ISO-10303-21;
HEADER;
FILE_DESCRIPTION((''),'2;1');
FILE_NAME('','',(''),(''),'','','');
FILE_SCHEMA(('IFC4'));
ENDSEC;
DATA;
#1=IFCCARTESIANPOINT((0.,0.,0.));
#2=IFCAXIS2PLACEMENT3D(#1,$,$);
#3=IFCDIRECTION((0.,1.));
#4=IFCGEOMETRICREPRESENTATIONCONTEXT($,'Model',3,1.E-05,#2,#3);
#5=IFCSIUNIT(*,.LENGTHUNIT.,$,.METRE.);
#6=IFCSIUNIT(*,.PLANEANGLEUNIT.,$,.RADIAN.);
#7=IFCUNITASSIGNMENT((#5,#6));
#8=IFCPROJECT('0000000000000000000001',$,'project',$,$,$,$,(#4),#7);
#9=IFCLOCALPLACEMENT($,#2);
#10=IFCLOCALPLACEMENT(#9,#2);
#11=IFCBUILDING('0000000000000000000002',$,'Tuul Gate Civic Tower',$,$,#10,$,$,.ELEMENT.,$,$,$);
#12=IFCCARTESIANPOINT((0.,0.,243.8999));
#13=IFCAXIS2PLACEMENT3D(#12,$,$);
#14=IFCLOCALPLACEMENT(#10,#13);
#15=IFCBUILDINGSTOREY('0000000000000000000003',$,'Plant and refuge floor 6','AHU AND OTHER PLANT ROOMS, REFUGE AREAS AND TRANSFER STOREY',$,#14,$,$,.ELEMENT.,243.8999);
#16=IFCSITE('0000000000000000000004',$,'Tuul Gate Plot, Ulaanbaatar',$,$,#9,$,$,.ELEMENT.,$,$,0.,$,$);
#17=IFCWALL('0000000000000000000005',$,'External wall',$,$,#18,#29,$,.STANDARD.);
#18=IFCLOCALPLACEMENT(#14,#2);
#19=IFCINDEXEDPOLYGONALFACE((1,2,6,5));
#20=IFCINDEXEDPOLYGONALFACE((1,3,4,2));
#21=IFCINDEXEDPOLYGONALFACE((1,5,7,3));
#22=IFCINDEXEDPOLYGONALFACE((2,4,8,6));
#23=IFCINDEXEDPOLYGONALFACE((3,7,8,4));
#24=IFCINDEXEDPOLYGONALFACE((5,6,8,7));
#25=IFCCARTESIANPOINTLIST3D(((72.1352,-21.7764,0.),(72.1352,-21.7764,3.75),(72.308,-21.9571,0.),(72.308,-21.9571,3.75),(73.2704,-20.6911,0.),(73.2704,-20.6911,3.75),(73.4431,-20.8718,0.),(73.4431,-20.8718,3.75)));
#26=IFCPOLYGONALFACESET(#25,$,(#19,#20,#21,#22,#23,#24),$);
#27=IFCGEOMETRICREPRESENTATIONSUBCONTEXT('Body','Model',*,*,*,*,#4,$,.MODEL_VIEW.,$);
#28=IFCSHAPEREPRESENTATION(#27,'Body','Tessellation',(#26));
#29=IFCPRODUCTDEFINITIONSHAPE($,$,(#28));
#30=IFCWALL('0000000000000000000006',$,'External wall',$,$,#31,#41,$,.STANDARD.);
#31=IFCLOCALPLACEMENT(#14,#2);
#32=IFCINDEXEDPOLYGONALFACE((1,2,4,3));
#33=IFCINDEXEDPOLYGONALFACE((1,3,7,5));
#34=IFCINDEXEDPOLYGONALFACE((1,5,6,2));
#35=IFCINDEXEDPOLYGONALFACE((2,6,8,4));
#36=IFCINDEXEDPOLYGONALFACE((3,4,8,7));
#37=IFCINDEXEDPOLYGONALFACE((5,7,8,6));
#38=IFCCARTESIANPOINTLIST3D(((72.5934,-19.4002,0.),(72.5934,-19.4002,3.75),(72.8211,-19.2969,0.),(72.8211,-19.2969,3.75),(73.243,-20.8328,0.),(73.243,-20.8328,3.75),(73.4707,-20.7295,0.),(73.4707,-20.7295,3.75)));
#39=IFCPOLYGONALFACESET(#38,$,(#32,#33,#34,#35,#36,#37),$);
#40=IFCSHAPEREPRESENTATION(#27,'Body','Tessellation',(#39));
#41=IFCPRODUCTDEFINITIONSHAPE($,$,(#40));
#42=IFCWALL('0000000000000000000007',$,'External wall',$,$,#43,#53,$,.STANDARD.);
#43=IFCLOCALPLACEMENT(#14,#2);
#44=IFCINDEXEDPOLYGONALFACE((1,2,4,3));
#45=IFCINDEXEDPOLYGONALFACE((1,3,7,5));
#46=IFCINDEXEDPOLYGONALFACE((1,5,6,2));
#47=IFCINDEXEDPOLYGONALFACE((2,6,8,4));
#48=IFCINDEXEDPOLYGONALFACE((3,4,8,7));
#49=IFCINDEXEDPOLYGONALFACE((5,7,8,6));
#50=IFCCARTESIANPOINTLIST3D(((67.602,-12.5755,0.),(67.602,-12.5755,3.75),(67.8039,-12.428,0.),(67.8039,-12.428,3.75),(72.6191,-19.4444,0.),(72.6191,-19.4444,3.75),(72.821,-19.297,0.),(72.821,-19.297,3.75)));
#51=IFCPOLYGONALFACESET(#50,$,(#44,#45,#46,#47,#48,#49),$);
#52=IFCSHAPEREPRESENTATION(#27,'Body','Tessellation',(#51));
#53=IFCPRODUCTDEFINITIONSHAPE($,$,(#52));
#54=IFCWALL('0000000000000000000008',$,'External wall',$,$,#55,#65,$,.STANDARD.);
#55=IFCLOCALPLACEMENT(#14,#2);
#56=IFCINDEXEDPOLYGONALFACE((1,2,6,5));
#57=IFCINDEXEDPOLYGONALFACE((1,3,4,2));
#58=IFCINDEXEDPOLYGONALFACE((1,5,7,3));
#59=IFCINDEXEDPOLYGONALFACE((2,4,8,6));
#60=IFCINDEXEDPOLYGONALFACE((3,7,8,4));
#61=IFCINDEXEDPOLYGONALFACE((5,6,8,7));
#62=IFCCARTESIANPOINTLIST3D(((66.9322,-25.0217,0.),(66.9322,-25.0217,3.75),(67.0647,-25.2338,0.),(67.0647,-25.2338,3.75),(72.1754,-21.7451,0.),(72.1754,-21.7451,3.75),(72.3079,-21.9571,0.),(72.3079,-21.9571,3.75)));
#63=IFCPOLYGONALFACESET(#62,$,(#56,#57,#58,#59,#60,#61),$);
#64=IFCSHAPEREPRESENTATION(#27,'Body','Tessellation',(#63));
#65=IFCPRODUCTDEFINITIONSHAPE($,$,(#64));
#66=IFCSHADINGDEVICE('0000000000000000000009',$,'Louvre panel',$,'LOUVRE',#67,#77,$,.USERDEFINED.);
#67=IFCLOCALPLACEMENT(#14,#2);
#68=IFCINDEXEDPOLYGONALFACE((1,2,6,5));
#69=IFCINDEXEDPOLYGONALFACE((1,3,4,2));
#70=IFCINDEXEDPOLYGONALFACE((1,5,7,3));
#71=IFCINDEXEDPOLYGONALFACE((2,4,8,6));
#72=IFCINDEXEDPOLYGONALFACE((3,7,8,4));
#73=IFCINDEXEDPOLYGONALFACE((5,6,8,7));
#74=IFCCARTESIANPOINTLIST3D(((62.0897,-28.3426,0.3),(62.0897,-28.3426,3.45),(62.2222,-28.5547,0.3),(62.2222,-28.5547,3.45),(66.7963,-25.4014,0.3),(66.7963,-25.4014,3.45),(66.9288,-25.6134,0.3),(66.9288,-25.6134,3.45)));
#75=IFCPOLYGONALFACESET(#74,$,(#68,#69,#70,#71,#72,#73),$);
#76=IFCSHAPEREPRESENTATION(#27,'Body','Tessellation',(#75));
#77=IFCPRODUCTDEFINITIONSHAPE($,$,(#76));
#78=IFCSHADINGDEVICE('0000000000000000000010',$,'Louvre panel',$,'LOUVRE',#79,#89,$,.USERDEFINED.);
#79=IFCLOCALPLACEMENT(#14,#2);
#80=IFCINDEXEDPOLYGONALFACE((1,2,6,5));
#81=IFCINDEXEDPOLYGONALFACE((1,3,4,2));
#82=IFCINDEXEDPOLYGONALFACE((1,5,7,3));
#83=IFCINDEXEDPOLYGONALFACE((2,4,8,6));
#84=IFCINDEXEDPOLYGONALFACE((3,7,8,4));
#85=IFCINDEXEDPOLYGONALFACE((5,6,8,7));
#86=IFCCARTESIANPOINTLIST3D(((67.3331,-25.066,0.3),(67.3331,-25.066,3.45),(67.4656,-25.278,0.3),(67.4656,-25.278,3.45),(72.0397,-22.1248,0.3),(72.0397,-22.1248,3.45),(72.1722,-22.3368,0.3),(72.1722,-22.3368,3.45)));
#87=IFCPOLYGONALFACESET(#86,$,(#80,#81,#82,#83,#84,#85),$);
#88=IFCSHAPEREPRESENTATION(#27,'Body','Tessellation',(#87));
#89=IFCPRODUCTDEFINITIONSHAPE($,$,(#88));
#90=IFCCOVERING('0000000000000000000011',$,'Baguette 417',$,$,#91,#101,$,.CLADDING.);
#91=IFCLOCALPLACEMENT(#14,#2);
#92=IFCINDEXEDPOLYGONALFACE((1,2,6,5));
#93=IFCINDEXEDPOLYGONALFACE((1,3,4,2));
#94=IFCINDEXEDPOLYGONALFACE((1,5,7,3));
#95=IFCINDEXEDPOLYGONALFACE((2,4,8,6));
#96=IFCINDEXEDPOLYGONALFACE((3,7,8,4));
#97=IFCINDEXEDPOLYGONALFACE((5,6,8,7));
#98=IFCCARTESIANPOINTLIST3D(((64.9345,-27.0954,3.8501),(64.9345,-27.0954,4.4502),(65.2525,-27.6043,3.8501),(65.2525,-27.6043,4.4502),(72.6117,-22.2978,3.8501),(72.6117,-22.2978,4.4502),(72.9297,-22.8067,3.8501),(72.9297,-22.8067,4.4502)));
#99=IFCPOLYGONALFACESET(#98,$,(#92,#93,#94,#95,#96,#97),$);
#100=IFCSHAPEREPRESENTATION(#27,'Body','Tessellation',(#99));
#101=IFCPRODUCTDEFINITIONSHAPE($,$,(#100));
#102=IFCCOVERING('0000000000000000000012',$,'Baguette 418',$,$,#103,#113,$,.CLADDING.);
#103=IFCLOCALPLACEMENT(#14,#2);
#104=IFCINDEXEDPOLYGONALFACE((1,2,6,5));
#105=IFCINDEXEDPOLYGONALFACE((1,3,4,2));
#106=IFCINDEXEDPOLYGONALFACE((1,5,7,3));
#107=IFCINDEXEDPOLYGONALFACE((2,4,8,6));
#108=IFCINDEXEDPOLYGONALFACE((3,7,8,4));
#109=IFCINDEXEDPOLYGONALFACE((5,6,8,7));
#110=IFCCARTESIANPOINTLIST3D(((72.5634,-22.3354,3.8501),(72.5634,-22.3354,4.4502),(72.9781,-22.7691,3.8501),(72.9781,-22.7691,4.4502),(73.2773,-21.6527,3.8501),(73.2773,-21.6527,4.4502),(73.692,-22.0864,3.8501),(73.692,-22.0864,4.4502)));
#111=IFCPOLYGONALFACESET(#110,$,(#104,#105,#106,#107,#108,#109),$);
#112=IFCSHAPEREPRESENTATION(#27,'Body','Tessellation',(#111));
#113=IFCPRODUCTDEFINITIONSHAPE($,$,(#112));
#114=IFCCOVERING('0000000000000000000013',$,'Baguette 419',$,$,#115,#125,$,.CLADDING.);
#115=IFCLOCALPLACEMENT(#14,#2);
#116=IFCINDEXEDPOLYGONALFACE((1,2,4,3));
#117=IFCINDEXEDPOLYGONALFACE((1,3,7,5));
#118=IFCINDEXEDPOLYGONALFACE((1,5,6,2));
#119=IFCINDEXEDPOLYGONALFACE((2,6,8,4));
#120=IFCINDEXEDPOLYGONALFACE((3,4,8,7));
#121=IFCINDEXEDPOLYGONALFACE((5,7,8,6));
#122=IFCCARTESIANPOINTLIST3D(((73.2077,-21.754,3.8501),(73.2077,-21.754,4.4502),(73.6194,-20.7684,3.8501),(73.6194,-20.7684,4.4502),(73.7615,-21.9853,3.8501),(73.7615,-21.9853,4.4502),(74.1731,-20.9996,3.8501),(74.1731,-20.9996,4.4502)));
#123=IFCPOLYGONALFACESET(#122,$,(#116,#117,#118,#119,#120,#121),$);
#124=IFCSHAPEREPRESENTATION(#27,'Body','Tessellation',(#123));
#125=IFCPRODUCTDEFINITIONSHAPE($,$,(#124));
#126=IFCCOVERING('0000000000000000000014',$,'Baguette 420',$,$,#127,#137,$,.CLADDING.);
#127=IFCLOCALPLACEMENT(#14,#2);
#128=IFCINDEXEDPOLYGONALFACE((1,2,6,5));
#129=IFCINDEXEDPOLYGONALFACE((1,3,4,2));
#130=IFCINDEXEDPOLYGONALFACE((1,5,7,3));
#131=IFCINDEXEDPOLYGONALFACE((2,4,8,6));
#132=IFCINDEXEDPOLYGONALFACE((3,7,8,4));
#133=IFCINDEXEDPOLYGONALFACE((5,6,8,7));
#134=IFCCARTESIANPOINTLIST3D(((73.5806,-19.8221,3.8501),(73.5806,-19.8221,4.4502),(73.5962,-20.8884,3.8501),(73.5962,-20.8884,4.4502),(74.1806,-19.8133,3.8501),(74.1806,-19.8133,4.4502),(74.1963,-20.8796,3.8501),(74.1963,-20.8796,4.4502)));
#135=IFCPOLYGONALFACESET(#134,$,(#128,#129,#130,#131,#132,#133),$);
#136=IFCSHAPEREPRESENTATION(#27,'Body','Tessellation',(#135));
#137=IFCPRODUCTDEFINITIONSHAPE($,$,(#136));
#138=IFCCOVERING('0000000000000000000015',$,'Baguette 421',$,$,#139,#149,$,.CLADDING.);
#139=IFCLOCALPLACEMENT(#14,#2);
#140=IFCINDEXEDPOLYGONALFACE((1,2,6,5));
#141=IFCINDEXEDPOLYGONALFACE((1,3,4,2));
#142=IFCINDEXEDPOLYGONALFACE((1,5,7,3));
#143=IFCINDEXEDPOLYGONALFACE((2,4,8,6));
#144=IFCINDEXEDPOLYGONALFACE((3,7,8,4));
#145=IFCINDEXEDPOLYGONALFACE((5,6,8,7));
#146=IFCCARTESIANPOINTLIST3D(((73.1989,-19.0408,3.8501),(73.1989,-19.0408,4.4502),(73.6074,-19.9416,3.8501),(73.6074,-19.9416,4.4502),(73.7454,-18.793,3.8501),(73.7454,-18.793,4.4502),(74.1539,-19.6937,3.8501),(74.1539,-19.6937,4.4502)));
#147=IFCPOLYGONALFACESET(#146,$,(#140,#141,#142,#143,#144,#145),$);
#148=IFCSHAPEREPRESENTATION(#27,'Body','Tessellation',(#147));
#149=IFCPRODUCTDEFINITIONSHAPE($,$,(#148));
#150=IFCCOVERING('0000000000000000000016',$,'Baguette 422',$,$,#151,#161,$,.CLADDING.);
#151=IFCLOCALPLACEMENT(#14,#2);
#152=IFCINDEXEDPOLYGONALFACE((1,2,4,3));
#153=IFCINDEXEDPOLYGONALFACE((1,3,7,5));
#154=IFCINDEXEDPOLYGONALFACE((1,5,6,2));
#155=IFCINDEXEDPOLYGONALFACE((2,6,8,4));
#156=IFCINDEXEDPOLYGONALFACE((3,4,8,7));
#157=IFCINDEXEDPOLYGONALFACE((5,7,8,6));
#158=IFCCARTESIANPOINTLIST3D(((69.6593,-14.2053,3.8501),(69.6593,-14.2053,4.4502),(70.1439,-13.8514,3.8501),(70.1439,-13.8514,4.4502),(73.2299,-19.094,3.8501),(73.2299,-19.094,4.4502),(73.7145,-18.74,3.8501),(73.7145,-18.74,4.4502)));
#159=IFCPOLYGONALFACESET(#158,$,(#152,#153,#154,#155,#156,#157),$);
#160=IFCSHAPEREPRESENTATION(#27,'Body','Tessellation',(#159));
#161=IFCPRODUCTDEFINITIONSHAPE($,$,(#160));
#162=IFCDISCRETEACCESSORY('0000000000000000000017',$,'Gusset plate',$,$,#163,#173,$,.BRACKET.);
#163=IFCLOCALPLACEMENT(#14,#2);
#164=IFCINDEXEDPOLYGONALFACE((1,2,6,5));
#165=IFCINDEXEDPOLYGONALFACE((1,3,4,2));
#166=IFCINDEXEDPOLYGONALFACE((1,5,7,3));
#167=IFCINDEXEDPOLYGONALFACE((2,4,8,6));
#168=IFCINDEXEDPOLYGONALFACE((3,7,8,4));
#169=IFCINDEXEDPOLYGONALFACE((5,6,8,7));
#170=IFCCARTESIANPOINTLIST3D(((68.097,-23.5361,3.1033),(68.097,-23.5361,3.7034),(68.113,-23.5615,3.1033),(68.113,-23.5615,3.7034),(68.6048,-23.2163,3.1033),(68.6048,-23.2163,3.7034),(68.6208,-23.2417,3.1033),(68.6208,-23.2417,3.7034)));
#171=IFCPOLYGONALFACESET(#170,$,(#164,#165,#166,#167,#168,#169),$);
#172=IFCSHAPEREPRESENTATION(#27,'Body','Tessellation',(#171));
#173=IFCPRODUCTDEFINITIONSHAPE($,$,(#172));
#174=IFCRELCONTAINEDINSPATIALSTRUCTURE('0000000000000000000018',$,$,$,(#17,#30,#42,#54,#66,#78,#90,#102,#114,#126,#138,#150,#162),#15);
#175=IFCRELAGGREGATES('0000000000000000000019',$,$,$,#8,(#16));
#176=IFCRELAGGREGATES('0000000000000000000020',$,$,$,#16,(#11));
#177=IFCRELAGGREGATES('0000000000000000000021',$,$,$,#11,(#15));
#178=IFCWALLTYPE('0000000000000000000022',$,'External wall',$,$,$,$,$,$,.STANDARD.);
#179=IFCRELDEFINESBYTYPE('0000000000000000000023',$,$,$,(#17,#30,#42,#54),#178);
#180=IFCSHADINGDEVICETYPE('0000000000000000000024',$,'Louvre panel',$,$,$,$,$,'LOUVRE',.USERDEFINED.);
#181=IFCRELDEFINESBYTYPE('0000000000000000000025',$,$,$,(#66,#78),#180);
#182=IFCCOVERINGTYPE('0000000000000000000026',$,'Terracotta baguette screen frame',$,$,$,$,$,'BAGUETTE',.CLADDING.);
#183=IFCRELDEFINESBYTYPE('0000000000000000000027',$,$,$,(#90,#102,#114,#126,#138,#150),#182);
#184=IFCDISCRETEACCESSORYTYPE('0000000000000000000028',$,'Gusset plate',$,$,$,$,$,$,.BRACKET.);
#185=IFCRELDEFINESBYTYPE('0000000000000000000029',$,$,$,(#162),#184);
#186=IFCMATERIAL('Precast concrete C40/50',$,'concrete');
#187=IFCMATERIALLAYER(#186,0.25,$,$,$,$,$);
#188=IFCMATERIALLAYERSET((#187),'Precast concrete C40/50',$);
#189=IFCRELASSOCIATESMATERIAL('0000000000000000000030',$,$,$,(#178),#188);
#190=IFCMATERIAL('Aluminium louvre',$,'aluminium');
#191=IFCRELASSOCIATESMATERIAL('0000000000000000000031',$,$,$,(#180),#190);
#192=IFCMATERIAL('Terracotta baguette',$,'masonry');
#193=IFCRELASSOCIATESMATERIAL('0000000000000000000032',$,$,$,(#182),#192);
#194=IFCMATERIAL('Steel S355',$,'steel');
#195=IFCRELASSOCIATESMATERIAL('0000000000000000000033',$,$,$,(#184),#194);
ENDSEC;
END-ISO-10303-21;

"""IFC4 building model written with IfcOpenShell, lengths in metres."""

from ifc_helpers import new_model, si_unit, direction, frame, frame_2d, origin, origin_2d, place, context, subcontext, project, spatial, rectangle, extrude, material, layer, layer_set, material_profile, profile_set, type_object, element, save


model = new_model("IFC4")

# Units and contexts
model_context = context("Model", 3, precision=1e-05, world=origin(), true_north=direction((0.0, 1.0)))
body_context = subcontext(model_context, "Body", "Model", "MODEL_VIEW")
ifc_project = project(units=[si_unit("LENGTHUNIT", "METRE"), si_unit("PLANEANGLEUNIT", "RADIAN")], contexts=[model_context])

# Site, building, storey
site_placement = place(None, origin())
site = spatial("IfcSite", under=ifc_project, at=site_placement, Name="Tuul Gate Plot, Ulaanbaatar", CompositionType="ELEMENT", RefElevation=0.0)
building_placement = place(site_placement, origin())
building = spatial("IfcBuilding", under=site, at=building_placement, Name="Tuul Gate Civic Tower", CompositionType="ELEMENT")
storey_placement = place(building_placement, frame((0.0, 0.0, 243.8999)))
storey = spatial("IfcBuildingStorey", under=building, at=storey_placement, Name="Plant and refuge floor 6", Description="AHU AND OTHER PLANT ROOMS, REFUGE AREAS AND TRANSFER STOREY", CompositionType="ELEMENT", Elevation=243.8999)

# Walls
ifc_material_1 = material(Name="Precast concrete C40/50", Category="concrete")
ifc_layer = layer(ifc_material_1, 0.25)
ifc_layer_set = layer_set([ifc_layer], Name="Precast concrete C40/50")
wall_type = type_object("IfcWallType", Name="External wall", PredefinedType="STANDARD", material=ifc_layer_set)
wall_1_placement = place(storey_placement, frame((72.2217, -21.8667, 0.0), z_axis=(0.0, 0.0, 1.0), x_axis=(0.722784, 0.691074, 0.0)))
element("IfcWall", 1, at=wall_1_placement, inside=storey, type_object=wall_type, Name="External wall", PredefinedType="STANDARD", context=body_context, shape_type="SweptSolid", body=[
    extrude(rectangle(XDim=1.5706, YDim=0.25, at=frame_2d((0.7852, 0.0))), origin(), (0.0, 0.0, 1.0), 3.75),
])
wall_2_placement = place(storey_placement, frame((73.3569, -20.7812, 0.0), z_axis=(0.0, 0.0, 1.0), x_axis=(-0.412996, 0.910733, 0.0)))
element("IfcWall", 2, at=wall_2_placement, inside=storey, type_object=wall_type, Name="External wall", PredefinedType="STANDARD", context=body_context, shape_type="SweptSolid", body=[
    extrude(rectangle(XDim=1.573, YDim=0.25, at=frame_2d((0.7866, 0.0))), origin(), (0.0, 0.0, 1.0), 3.75),
])
wall_3_placement = place(storey_placement, frame((72.72, -19.3706, 0.0), z_axis=(0.0, 0.0, 1.0), x_axis=(-0.589826, 0.80753, 0.0)))
element("IfcWall", 3, at=wall_3_placement, inside=storey, type_object=wall_type, Name="External wall", PredefinedType="STANDARD", context=body_context, shape_type="SweptSolid", body=[
    extrude(rectangle(XDim=8.5061, YDim=0.25, at=frame_2d((4.2529, 0.0))), origin(), (0.0, 0.0, 1.0), 3.75),
])
wall_4_placement = place(storey_placement, frame((66.9985, -25.1277, 0.0), z_axis=(0.0, 0.0, 1.0), x_axis=(0.848025, 0.529956, 0.0)))
element("IfcWall", 4, at=wall_4_placement, inside=storey, type_object=wall_type, Name="External wall", PredefinedType="STANDARD", context=body_context, shape_type="SweptSolid", body=[
    extrude(rectangle(XDim=6.1829, YDim=0.25, at=frame_2d((3.0913, 0.0))), origin(), (0.0, 0.0, 1.0), 3.75),
])

# Shading devices
ifc_material_2 = material(Name="Aluminium louvre", Category="aluminium")
shading_device_type = type_object("IfcShadingDeviceType", Name="Louvre panel", ElementType="LOUVRE", PredefinedType="USERDEFINED", material=ifc_material_2)
for number, where, z_axis, x_axis, name in (
    (5, (64.5093, -26.978, 0.3), (0.0, 0.0, 1.0), (0.52995, -0.848029, 0.0), "Louvre panel"),
    (6, (69.7527, -23.7014, 0.3), (0.0, 0.0, 1.0), (0.52995, -0.848029, 0.0), "Louvre panel"),
):
    element("IfcShadingDevice", number, at=place(storey_placement, frame(where, z_axis=z_axis, x_axis=x_axis)), inside=storey, type_object=shading_device_type, Name=name, ObjectType="LOUVRE", PredefinedType="USERDEFINED", context=body_context, shape_type="SweptSolid", body=[
        extrude(rectangle(XDim=0.25, YDim=5.55, at=origin_2d()), origin(), (0.0, 0.0, 1.0), 3.1499),
    ])

# Coverings
ifc_material_3 = material(Name="Terracotta baguette", Category="masonry")
ifc_material_profile_1 = material_profile(ifc_material_3, rectangle(XDim=0.6001, YDim=0.6001, at=origin_2d()), Name="Terracotta baguette screen frame")
ifc_profile_set_1 = profile_set([ifc_material_profile_1], Name="Terracotta baguette")
covering_type = type_object("IfcCoveringType", Name="Terracotta baguette screen frame", ElementType="BAGUETTE", PredefinedType="CLADDING", material=ifc_profile_set_1)
covering_1_placement = place(storey_placement, frame((65.0935, -27.3499, 4.1501), z_axis=(0.848032, 0.529946, 0.0), x_axis=(-0.529946, 0.848032, 0.0)))
element("IfcCovering", 7, at=covering_1_placement, inside=storey, type_object=covering_type, Name="Baguette 417", PredefinedType="CLADDING", context=body_context, shape_type="SweptSolid", body=[
    extrude(rectangle(XDim=0.6001, YDim=0.6001, at=origin_2d()), origin(), (0.0, 0.0, 1.0), 9.053),
])
covering_2_placement = place(storey_placement, frame((72.7708, -22.5522, 4.1501), z_axis=(0.722749, 0.69111, 0.0), x_axis=(-0.69111, 0.722749, 0.0)))
element("IfcCovering", 8, at=covering_2_placement, inside=storey, type_object=covering_type, Name="Baguette 418", PredefinedType="CLADDING", context=body_context, shape_type="SweptSolid", body=[
    extrude(rectangle(XDim=0.6001, YDim=0.6001, at=origin_2d()), origin(), (0.0, 0.0, 1.0), 0.9878),
])
covering_3_placement = place(storey_placement, frame((73.4846, -21.8696, 4.1501), z_axis=(0.385378, 0.922759, 0.0), x_axis=(-0.922759, 0.385378, 0.0)))
element("IfcCovering", 9, at=covering_3_placement, inside=storey, type_object=covering_type, Name="Baguette 419", PredefinedType="CLADDING", context=body_context, shape_type="SweptSolid", body=[
    extrude(rectangle(XDim=0.6001, YDim=0.6001, at=origin_2d()), origin(), (0.0, 0.0, 1.0), 1.0681),
])
covering_4_placement = place(storey_placement, frame((73.8962, -20.884, 4.1501), z_axis=(-0.01465, 0.999893, 0.0), x_axis=(-0.999893, -0.01465, 0.0)))
element("IfcCovering", 10, at=covering_4_placement, inside=storey, type_object=covering_type, Name="Baguette 420", PredefinedType="CLADDING", context=body_context, shape_type="SweptSolid", body=[
    extrude(rectangle(XDim=0.6001, YDim=0.6001, at=origin_2d()), origin(), (0.0, 0.0, 1.0), 1.0664),
])
covering_5_placement = place(storey_placement, frame((73.8806, -19.8176, 4.1501), z_axis=(-0.413022, 0.910721, 0.0), x_axis=(-0.910721, -0.413022, 0.0)))
element("IfcCovering", 11, at=covering_5_placement, inside=storey, type_object=covering_type, Name="Baguette 421", PredefinedType="CLADDING", context=body_context, shape_type="SweptSolid", body=[
    extrude(rectangle(XDim=0.6001, YDim=0.6001, at=origin_2d()), origin(), (0.0, 0.0, 1.0), 0.989),
])
covering_6_placement = place(storey_placement, frame((73.4722, -18.917, 4.1501), z_axis=(-0.589808, 0.807543, 0.0), x_axis=(-0.807543, -0.589808, 0.0)))
element("IfcCovering", 12, at=covering_6_placement, inside=storey, type_object=covering_type, Name="Baguette 422", PredefinedType="CLADDING", context=body_context, shape_type="SweptSolid", body=[
    extrude(rectangle(XDim=0.6001, YDim=0.6001, at=origin_2d()), origin(), (0.0, 0.0, 1.0), 6.0537),
])

# Discrete accessory
ifc_material_4 = material(Name="Steel S355", Category="steel")
discrete_accessory_type = type_object("IfcDiscreteAccessoryType", Name="Gusset plate", PredefinedType="BRACKET", material=ifc_material_4)
discrete_accessory_placement = place(storey_placement, frame((68.3589, -23.3889, 3.1033), z_axis=(0.0, 0.0, 1.0), x_axis=(0.846187, 0.532886, 0.0)))
element("IfcDiscreteAccessory", 13, at=discrete_accessory_placement, inside=storey, type_object=discrete_accessory_type, Name="Gusset plate", PredefinedType="BRACKET", context=body_context, shape_type="SweptSolid", body=[
    extrude(rectangle(XDim=0.6001, YDim=0.03, at=origin_2d()), origin(), (0.0, 0.0, 1.0), 0.6001),
])

save(model, "model.ifc")
